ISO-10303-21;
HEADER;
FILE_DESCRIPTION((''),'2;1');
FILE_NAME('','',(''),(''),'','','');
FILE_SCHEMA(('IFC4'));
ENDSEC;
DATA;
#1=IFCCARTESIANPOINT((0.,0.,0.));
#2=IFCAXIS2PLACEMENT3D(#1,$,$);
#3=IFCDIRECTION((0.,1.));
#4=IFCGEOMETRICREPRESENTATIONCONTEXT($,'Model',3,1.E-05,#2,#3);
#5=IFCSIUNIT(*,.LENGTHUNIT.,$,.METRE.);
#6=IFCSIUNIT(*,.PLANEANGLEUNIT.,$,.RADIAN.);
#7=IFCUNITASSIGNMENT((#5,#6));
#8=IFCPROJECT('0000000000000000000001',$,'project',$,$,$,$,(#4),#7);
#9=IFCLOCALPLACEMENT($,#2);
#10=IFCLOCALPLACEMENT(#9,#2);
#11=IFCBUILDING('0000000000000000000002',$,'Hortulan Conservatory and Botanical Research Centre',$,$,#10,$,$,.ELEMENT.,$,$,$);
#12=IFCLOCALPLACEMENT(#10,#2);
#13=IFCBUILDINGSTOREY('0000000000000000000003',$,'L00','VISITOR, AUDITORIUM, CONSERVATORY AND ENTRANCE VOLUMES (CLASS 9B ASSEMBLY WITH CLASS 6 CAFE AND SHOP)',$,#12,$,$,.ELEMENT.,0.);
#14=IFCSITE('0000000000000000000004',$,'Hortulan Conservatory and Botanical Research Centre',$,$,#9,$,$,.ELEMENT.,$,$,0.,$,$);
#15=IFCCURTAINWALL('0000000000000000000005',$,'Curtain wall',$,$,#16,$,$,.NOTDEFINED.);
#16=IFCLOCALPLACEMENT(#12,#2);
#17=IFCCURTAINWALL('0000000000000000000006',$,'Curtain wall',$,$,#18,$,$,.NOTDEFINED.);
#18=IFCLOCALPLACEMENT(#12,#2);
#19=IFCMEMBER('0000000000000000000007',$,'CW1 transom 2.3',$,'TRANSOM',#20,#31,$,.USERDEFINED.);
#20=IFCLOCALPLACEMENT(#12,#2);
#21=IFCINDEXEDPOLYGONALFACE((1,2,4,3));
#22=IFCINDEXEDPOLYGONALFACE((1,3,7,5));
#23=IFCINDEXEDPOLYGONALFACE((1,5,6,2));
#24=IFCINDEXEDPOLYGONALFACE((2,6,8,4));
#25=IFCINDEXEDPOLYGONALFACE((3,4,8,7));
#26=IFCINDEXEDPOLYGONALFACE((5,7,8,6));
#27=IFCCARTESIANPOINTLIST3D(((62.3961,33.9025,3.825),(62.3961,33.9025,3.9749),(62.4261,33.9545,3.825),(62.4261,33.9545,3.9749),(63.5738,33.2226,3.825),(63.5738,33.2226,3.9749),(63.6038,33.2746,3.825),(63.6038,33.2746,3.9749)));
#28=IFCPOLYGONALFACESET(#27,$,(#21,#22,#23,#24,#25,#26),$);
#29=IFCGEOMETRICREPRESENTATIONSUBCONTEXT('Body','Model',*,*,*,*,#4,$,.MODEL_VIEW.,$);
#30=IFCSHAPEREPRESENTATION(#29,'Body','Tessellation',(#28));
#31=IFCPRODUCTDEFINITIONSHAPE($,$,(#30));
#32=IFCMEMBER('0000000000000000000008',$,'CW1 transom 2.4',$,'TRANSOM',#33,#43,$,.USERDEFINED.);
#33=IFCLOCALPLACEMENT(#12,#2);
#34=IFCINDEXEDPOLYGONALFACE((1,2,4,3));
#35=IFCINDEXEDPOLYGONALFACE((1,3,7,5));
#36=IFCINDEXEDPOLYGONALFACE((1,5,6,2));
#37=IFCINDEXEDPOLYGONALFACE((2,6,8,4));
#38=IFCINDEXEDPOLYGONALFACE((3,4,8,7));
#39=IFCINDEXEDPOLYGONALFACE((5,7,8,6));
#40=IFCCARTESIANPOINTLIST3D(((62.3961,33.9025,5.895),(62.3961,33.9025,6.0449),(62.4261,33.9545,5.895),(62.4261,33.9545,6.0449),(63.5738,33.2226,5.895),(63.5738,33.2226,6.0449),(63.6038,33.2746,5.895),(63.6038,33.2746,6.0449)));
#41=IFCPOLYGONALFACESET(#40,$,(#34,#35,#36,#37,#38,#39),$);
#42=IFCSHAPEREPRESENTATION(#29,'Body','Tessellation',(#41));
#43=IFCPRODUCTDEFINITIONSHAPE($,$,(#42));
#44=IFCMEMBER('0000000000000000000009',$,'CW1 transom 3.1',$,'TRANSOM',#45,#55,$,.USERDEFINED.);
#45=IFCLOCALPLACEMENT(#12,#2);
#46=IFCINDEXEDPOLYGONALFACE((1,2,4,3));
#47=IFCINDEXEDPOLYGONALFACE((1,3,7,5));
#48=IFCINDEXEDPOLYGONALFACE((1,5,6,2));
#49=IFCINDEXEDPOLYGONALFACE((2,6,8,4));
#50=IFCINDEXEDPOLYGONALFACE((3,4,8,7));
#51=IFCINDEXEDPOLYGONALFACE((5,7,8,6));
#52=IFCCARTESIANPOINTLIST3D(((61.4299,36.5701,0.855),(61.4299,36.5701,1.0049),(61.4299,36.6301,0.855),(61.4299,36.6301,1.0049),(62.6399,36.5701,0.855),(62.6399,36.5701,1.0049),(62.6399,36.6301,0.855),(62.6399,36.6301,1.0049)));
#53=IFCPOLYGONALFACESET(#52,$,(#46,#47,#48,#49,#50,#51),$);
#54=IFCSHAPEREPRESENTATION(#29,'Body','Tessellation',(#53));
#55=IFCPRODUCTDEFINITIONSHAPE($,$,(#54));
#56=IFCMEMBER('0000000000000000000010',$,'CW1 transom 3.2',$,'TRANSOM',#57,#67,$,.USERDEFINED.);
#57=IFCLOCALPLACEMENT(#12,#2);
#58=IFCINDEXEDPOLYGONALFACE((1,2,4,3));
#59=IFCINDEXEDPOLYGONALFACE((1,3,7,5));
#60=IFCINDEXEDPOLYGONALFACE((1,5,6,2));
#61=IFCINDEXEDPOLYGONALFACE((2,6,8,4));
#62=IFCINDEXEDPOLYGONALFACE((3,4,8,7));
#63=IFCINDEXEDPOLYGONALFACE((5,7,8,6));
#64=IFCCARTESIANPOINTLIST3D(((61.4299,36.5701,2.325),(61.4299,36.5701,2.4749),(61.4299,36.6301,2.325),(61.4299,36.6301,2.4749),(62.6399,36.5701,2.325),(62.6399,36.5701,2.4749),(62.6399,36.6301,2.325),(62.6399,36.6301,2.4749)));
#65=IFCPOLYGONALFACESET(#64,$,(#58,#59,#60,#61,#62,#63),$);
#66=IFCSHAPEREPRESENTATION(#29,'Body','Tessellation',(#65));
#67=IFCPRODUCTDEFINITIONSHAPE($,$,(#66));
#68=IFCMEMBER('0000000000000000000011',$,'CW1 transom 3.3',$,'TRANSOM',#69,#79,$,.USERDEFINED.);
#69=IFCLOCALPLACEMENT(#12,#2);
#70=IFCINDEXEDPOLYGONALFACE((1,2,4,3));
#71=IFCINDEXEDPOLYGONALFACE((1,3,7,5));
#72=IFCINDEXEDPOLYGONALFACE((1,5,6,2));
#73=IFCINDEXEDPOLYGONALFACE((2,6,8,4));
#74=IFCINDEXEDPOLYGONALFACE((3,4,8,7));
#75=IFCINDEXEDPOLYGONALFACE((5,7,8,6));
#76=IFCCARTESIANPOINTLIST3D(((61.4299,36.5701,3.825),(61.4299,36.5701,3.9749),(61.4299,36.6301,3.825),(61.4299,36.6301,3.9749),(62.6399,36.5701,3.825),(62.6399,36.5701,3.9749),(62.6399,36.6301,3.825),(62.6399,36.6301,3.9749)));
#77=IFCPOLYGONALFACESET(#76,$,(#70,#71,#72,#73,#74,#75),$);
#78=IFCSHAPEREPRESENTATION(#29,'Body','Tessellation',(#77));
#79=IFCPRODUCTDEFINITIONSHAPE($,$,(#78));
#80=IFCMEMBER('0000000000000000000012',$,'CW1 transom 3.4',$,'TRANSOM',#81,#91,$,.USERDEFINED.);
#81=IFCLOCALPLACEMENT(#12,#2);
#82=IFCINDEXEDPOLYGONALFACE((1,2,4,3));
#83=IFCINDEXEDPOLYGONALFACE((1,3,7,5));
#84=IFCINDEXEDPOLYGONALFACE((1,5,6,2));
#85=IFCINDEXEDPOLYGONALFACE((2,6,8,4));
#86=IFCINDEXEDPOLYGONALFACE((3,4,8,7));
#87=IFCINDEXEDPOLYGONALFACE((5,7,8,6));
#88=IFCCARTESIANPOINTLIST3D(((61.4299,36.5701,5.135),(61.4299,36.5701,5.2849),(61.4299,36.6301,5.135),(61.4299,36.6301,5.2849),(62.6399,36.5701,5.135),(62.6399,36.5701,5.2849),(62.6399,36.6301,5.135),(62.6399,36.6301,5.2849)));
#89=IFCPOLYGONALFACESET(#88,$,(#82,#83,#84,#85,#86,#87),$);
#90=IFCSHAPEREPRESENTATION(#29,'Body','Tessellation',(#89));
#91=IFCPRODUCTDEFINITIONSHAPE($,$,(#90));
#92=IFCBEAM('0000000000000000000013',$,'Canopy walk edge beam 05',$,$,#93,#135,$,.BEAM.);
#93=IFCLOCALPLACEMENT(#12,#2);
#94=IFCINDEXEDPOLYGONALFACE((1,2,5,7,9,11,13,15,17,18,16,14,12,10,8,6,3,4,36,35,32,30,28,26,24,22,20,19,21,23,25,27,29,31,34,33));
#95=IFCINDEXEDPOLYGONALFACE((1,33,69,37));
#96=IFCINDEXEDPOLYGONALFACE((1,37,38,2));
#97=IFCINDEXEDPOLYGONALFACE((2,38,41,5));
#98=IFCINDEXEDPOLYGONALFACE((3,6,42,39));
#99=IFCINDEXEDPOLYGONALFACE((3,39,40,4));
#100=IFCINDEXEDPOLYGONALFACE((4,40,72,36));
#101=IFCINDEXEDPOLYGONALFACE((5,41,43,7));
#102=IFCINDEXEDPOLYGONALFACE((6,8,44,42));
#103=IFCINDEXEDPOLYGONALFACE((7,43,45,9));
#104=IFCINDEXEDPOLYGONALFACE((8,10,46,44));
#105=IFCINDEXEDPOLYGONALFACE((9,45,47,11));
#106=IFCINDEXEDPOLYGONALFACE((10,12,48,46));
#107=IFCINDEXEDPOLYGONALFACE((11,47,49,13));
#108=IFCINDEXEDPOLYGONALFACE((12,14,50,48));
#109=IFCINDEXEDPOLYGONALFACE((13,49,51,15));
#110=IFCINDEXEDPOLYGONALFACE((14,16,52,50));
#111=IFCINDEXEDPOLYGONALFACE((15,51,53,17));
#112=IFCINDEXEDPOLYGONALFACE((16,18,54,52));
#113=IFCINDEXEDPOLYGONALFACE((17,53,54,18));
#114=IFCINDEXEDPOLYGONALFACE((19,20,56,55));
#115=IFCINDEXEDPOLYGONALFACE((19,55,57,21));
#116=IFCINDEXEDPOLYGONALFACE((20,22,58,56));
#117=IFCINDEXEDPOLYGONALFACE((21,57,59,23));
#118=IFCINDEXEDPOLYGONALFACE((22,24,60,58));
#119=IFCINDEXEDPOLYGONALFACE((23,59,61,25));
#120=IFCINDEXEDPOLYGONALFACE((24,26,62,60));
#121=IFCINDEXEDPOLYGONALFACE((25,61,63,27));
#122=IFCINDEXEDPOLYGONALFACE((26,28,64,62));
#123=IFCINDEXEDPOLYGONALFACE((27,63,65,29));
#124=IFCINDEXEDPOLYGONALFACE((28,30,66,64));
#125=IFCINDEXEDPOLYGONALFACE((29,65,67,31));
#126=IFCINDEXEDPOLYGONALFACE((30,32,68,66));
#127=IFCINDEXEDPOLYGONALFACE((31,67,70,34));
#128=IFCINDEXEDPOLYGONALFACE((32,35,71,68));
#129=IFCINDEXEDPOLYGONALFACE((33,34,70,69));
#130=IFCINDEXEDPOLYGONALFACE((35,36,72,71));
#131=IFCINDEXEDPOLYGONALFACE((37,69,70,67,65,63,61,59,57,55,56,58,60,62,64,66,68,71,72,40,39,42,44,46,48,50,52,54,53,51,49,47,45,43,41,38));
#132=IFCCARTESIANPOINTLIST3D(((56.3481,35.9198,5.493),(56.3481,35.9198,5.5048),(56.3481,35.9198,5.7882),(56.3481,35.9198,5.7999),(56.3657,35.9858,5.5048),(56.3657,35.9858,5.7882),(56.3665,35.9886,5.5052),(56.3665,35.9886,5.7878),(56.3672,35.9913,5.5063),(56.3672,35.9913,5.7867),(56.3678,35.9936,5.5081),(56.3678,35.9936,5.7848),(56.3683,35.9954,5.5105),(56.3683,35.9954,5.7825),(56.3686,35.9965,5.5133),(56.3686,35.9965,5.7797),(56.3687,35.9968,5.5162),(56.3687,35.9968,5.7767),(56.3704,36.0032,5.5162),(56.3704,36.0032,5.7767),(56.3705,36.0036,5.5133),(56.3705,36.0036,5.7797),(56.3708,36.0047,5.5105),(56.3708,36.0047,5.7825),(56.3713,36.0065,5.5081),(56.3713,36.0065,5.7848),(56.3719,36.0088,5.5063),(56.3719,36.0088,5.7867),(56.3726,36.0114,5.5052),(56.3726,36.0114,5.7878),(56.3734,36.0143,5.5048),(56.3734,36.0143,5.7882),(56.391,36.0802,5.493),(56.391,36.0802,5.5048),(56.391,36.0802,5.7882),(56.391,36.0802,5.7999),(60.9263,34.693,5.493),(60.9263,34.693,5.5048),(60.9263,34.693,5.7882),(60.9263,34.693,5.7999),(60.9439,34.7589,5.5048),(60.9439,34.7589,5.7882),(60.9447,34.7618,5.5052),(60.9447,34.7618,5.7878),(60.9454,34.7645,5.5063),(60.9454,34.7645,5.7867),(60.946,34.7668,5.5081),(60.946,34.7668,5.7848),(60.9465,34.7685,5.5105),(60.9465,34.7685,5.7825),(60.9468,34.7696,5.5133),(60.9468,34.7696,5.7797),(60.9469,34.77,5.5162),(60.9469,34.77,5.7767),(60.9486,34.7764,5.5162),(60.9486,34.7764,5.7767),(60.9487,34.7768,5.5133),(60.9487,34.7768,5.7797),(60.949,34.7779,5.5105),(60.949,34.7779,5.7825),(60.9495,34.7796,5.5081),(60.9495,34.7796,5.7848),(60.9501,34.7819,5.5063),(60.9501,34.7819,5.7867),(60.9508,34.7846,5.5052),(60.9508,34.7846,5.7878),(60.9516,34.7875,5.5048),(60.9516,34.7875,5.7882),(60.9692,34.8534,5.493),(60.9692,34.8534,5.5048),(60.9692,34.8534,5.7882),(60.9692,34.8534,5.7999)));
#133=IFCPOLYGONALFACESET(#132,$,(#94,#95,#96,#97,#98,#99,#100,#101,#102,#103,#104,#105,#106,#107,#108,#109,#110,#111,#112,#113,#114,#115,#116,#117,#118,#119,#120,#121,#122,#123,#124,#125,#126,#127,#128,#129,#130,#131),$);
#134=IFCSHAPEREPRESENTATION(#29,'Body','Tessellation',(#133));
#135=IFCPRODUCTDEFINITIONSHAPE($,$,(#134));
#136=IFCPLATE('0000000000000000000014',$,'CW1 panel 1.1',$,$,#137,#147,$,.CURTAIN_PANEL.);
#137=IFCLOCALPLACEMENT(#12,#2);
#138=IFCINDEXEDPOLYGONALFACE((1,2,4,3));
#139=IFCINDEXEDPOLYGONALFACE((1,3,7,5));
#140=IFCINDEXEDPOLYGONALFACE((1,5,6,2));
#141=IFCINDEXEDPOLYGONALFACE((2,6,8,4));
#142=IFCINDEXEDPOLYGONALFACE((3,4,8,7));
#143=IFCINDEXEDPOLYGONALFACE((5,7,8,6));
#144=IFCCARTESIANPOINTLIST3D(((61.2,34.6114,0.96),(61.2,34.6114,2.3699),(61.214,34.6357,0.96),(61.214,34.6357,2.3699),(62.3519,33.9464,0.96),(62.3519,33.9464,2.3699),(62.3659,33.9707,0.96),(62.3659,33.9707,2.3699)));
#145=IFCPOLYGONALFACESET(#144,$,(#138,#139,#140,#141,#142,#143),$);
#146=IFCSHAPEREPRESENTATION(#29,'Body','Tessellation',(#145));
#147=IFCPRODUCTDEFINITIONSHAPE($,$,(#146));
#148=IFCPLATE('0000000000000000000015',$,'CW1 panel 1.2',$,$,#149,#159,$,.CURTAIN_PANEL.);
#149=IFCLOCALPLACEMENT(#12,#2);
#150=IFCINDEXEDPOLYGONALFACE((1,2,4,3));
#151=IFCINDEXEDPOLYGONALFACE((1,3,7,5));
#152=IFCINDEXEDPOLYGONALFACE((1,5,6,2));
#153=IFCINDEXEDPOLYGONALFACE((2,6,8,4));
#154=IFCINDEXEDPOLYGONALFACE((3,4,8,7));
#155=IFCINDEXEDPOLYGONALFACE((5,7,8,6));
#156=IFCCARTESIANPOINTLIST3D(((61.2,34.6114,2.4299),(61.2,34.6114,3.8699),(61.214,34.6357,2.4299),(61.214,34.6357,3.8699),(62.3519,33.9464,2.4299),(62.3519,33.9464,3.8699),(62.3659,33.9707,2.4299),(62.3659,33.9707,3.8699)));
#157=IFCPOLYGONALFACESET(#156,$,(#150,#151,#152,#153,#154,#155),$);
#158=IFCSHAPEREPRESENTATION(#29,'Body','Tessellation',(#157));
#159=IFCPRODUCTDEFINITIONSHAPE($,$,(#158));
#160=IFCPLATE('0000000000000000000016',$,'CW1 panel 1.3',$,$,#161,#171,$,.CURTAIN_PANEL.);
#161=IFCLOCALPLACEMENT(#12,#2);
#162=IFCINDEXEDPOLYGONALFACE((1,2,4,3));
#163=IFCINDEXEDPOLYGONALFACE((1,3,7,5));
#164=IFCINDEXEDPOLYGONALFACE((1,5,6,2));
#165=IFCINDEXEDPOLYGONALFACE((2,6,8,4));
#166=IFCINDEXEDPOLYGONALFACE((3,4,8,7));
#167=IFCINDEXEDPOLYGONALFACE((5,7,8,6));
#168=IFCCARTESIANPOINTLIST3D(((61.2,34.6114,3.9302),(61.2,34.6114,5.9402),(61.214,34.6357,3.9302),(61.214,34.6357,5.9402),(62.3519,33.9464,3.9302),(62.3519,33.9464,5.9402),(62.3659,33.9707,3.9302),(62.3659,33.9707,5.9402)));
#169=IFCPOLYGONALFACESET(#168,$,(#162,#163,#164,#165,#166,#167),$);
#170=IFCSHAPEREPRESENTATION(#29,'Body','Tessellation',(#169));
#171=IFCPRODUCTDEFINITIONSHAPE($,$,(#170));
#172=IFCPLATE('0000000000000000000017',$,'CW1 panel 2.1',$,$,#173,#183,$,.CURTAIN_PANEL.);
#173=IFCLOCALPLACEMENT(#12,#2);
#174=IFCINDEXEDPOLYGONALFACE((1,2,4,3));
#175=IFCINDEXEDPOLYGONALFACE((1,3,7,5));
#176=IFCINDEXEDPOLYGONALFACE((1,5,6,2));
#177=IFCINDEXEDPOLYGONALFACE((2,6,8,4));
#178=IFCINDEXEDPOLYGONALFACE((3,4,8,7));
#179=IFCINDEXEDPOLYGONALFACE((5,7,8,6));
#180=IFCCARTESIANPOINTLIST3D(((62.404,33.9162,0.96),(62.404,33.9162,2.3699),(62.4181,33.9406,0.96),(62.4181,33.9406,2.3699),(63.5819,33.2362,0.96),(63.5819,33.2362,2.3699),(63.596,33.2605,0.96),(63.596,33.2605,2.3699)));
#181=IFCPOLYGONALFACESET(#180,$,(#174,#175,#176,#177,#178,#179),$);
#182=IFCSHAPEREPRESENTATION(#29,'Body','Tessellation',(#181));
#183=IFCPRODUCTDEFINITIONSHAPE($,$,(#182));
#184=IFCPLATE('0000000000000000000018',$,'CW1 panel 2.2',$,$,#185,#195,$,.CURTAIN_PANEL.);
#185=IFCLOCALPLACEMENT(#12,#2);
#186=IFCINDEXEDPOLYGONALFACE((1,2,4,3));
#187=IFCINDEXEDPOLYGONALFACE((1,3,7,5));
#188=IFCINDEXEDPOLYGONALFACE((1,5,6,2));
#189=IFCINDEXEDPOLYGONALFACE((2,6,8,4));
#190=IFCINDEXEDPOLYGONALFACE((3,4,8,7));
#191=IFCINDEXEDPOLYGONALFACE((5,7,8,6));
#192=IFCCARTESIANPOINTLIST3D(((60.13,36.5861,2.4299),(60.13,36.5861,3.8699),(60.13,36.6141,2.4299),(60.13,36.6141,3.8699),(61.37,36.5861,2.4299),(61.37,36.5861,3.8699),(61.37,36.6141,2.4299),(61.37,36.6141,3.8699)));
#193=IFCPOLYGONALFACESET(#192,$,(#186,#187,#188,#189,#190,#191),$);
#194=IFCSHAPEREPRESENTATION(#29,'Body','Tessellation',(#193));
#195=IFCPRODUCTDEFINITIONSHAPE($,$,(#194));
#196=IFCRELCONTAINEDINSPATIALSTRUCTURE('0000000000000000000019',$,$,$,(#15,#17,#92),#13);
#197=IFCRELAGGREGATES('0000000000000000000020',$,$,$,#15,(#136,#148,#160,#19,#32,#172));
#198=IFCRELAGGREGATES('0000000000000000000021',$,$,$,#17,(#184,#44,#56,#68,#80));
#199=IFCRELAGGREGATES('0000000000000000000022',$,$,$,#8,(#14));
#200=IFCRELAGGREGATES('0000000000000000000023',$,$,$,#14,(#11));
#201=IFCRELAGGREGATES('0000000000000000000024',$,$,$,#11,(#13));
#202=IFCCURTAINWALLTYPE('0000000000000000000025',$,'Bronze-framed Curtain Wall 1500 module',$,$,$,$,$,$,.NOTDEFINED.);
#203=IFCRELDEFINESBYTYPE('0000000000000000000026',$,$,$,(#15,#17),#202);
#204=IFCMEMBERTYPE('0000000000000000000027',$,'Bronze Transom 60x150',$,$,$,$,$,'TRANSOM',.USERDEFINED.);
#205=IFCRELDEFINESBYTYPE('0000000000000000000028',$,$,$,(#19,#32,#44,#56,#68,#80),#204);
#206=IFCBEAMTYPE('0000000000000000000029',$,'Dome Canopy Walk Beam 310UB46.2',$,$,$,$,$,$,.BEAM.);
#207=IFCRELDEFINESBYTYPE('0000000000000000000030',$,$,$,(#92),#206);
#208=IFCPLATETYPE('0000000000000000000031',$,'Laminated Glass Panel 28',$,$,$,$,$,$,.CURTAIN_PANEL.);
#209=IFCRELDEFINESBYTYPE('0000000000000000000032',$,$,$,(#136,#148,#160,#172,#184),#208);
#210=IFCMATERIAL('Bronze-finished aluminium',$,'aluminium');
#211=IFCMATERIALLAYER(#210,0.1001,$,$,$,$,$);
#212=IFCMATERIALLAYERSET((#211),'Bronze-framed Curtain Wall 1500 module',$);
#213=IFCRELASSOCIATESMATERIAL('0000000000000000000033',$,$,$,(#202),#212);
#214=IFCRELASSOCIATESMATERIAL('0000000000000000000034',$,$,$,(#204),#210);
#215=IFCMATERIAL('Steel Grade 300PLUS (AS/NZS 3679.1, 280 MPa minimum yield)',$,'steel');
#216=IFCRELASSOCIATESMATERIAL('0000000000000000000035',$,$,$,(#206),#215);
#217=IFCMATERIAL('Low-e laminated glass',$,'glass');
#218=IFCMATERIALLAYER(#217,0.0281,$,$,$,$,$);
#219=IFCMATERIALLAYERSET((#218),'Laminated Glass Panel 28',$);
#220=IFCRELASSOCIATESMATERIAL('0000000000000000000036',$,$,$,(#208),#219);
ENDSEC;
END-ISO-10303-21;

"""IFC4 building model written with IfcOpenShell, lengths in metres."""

from ifc_helpers import new_model, si_unit, direction, frame, origin, origin_2d, place, context, subcontext, project, spatial, rectangle, i_section, extrude, material, layer, layer_set, material_profile, profile_set, type_object, element, aggregate, save


model = new_model("IFC4")

# Units and contexts
model_context = context("Model", 3, precision=1e-05, world=origin(), true_north=direction((0.0, 1.0)))
body_context = subcontext(model_context, "Body", "Model", "MODEL_VIEW")
ifc_project = project(units=[si_unit("LENGTHUNIT", "METRE"), si_unit("PLANEANGLEUNIT", "RADIAN")], contexts=[model_context])

# Site, building, storey
site_placement = place(None, origin())
site = spatial("IfcSite", under=ifc_project, at=site_placement, Name="Hortulan Conservatory and Botanical Research Centre", CompositionType="ELEMENT", RefElevation=0.0)
building_placement = place(site_placement, origin())
building = spatial("IfcBuilding", under=site, at=building_placement, Name="Hortulan Conservatory and Botanical Research Centre", CompositionType="ELEMENT")
storey_placement = place(building_placement, origin())
storey = spatial("IfcBuildingStorey", under=building, at=storey_placement, Name="L00", Description="VISITOR, AUDITORIUM, CONSERVATORY AND ENTRANCE VOLUMES (CLASS 9B ASSEMBLY WITH CLASS 6 CAFE AND SHOP)", CompositionType="ELEMENT", Elevation=0.0)

# Curtain wall
ifc_material_1 = material(Name="Bronze-finished aluminium", Category="aluminium")
ifc_layer_1 = layer(ifc_material_1, 0.1001)
ifc_layer_set_1 = layer_set([ifc_layer_1], Name="Bronze-framed Curtain Wall 1500 module")
curtain_wall_type = type_object("IfcCurtainWallType", Name="Bronze-framed Curtain Wall 1500 module", PredefinedType="NOTDEFINED", material=ifc_layer_set_1)
curtain_wall_1_placement = place(storey_placement, origin())
curtain_wall_1 = element("IfcCurtainWall", 1, at=curtain_wall_1_placement, inside=storey, type_object=curtain_wall_type, Name="Curtain wall", PredefinedType="NOTDEFINED")

# Curtain wall
curtain_wall_2_placement = place(storey_placement, origin())
curtain_wall_2 = element("IfcCurtainWall", 2, at=curtain_wall_2_placement, inside=storey, type_object=curtain_wall_type, Name="Curtain wall", PredefinedType="NOTDEFINED")

# Members
ifc_material_profile_1 = material_profile(ifc_material_1, rectangle(XDim=0.0601, YDim=0.1499, at=origin_2d()), Name="Bronze Transom 60x150")
ifc_profile_set_1 = profile_set([ifc_material_profile_1], Name="Bronze-finished aluminium")
member_type_1 = type_object("IfcMemberType", Name="Bronze Transom 60x150", ElementType="TRANSOM", PredefinedType="USERDEFINED", material=ifc_profile_set_1)
member_1_placement = place(storey_placement, frame((62.4111, 33.9285, 3.8999), z_axis=(0.866036, -0.499981, 0.0), x_axis=(0.499981, 0.866036, 0.0)))
member_1 = element("IfcMember", 3, at=member_1_placement, type_object=member_type_1, Name="CW1 transom 2.3", ObjectType="TRANSOM", PredefinedType="USERDEFINED", context=body_context, shape_type="SweptSolid", body=[
    extrude(rectangle(XDim=0.0601, YDim=0.1499, at=origin_2d()), origin(), (0.0, 0.0, 1.0), 1.3599),
])
member_2_placement = place(storey_placement, frame((62.4111, 33.9285, 5.97), z_axis=(0.866036, -0.499981, 0.0), x_axis=(0.499981, 0.866036, 0.0)))
member_2 = element("IfcMember", 4, at=member_2_placement, type_object=member_type_1, Name="CW1 transom 2.4", ObjectType="TRANSOM", PredefinedType="USERDEFINED", context=body_context, shape_type="SweptSolid", body=[
    extrude(rectangle(XDim=0.0601, YDim=0.1499, at=origin_2d()), origin(), (0.0, 0.0, 1.0), 1.3599),
])
member_3_placement = place(storey_placement, frame((61.4299, 36.6001, 0.9299), z_axis=(1.0, 0.0, 0.0), x_axis=(0.0, 1.0, 0.0)))
member_3 = element("IfcMember", 5, at=member_3_placement, type_object=member_type_1, Name="CW1 transom 3.1", ObjectType="TRANSOM", PredefinedType="USERDEFINED", context=body_context, shape_type="SweptSolid", body=[
    extrude(rectangle(XDim=0.0601, YDim=0.1499, at=origin_2d()), origin(), (0.0, 0.0, 1.0), 1.21),
])
member_4_placement = place(storey_placement, frame((61.4299, 36.6001, 2.3999), z_axis=(1.0, 0.0, 0.0), x_axis=(0.0, 1.0, 0.0)))
member_4 = element("IfcMember", 6, at=member_4_placement, type_object=member_type_1, Name="CW1 transom 3.2", ObjectType="TRANSOM", PredefinedType="USERDEFINED", context=body_context, shape_type="SweptSolid", body=[
    extrude(rectangle(XDim=0.0601, YDim=0.1499, at=origin_2d()), origin(), (0.0, 0.0, 1.0), 1.21),
])
member_5_placement = place(storey_placement, frame((61.4299, 36.6001, 3.8999), z_axis=(1.0, 0.0, 0.0), x_axis=(0.0, 1.0, 0.0)))
member_5 = element("IfcMember", 7, at=member_5_placement, type_object=member_type_1, Name="CW1 transom 3.3", ObjectType="TRANSOM", PredefinedType="USERDEFINED", context=body_context, shape_type="SweptSolid", body=[
    extrude(rectangle(XDim=0.0601, YDim=0.1499, at=origin_2d()), origin(), (0.0, 0.0, 1.0), 1.21),
])
member_6_placement = place(storey_placement, frame((61.4299, 36.6001, 5.21), z_axis=(1.0, 0.0, 0.0), x_axis=(0.0, 1.0, 0.0)))
member_6 = element("IfcMember", 8, at=member_6_placement, type_object=member_type_1, Name="CW1 transom 3.4", ObjectType="TRANSOM", PredefinedType="USERDEFINED", context=body_context, shape_type="SweptSolid", body=[
    extrude(rectangle(XDim=0.0601, YDim=0.1499, at=origin_2d()), origin(), (0.0, 0.0, 1.0), 1.21),
])

# Beam
ifc_material_2 = material(Name="Steel Grade 300PLUS (AS/NZS 3679.1, 280 MPa minimum yield)", Category="steel")
ifc_material_profile_2 = material_profile(ifc_material_2, i_section(OverallWidth=0.166, OverallDepth=0.3069, WebThickness=0.0066, FlangeThickness=0.0117, FilletRadius=0.0115, at=origin_2d()), Name="310UB46.2")
ifc_profile_set_2 = profile_set([ifc_material_profile_2], Name="Steel Grade 300PLUS (AS/NZS 3679.1, 280 MPa minimum yield)")
beam_type = type_object("IfcBeamType", Name="Dome Canopy Walk Beam 310UB46.2", PredefinedType="BEAM", material=ifc_profile_set_2)
beam_placement = place(storey_placement, frame((60.9478, 34.7732, 5.6465), z_axis=(-0.96592, 0.258839, 0.0), x_axis=(-0.258839, -0.96592, 0.0)))
element("IfcBeam", 9, at=beam_placement, inside=storey, type_object=beam_type, Name="Canopy walk edge beam 05", PredefinedType="BEAM", context=body_context, shape_type="SweptSolid", body=[
    extrude(i_section(OverallWidth=0.166, OverallDepth=0.3069, WebThickness=0.0066, FlangeThickness=0.0117, FilletRadius=0.0115, at=origin_2d()), origin(), (0.0, 0.0, 1.0), 4.7397),
])

# Plates
ifc_material_3 = material(Name="Low-e laminated glass", Category="glass")
ifc_layer_2 = layer(ifc_material_3, 0.0281)
ifc_layer_set_2 = layer_set([ifc_layer_2], Name="Laminated Glass Panel 28")
plate_type = type_object("IfcPlateType", Name="Laminated Glass Panel 28", PredefinedType="CURTAIN_PANEL", material=ifc_layer_set_2)
plate_1_placement = place(storey_placement, frame((61.783, 34.291, 0.96), z_axis=(0.0, 0.0, 1.0), x_axis=(0.866036, -0.499981, 0.0)))
plate_1 = element("IfcPlate", 10, at=plate_1_placement, type_object=plate_type, Name="CW1 panel 1.1", PredefinedType="CURTAIN_PANEL", context=body_context, shape_type="SweptSolid", body=[
    extrude(rectangle(XDim=1.3301, YDim=0.0281, at=origin_2d()), origin(), (0.0, 0.0, 1.0), 1.4099),
])
plate_2_placement = place(storey_placement, frame((61.783, 34.291, 2.4299), z_axis=(0.0, 0.0, 1.0), x_axis=(0.866036, -0.499981, 0.0)))
plate_2 = element("IfcPlate", 11, at=plate_2_placement, type_object=plate_type, Name="CW1 panel 1.2", PredefinedType="CURTAIN_PANEL", context=body_context, shape_type="SweptSolid", body=[
    extrude(rectangle(XDim=1.3301, YDim=0.0281, at=origin_2d()), origin(), (0.0, 0.0, 1.0), 1.4399),
])
plate_3_placement = place(storey_placement, frame((61.783, 34.291, 3.9302), z_axis=(0.0, 0.0, 1.0), x_axis=(0.866036, -0.499981, 0.0)))
plate_3 = element("IfcPlate", 12, at=plate_3_placement, type_object=plate_type, Name="CW1 panel 1.3", PredefinedType="CURTAIN_PANEL", context=body_context, shape_type="SweptSolid", body=[
    extrude(rectangle(XDim=1.3301, YDim=0.0281, at=origin_2d()), origin(), (0.0, 0.0, 1.0), 2.01),
])
plate_4_placement = place(storey_placement, frame((63.0, 33.5884, 0.96), z_axis=(0.0, 0.0, 1.0), x_axis=(0.866036, -0.499981, 0.0)))
plate_4 = element("IfcPlate", 13, at=plate_4_placement, type_object=plate_type, Name="CW1 panel 2.1", PredefinedType="CURTAIN_PANEL", context=body_context, shape_type="SweptSolid", body=[
    extrude(rectangle(XDim=1.3601, YDim=0.0281, at=origin_2d()), origin(), (0.0, 0.0, 1.0), 1.4099),
])
aggregate(curtain_wall_1, [plate_1, plate_2, plate_3, member_1, member_2, plate_4])
plate_5_placement = place(storey_placement, frame((60.75, 36.6001, 2.4299), z_axis=(0.0, 0.0, 1.0), x_axis=(1.0, 0.0, 0.0)))
plate_5 = element("IfcPlate", 14, at=plate_5_placement, type_object=plate_type, Name="CW1 panel 2.2", PredefinedType="CURTAIN_PANEL", context=body_context, shape_type="SweptSolid", body=[
    extrude(rectangle(XDim=1.24, YDim=0.0281, at=origin_2d()), origin(), (0.0, 0.0, 1.0), 1.4399),
])
aggregate(curtain_wall_2, [plate_5, member_3, member_4, member_5, member_6])

save(model, "model.ifc")
